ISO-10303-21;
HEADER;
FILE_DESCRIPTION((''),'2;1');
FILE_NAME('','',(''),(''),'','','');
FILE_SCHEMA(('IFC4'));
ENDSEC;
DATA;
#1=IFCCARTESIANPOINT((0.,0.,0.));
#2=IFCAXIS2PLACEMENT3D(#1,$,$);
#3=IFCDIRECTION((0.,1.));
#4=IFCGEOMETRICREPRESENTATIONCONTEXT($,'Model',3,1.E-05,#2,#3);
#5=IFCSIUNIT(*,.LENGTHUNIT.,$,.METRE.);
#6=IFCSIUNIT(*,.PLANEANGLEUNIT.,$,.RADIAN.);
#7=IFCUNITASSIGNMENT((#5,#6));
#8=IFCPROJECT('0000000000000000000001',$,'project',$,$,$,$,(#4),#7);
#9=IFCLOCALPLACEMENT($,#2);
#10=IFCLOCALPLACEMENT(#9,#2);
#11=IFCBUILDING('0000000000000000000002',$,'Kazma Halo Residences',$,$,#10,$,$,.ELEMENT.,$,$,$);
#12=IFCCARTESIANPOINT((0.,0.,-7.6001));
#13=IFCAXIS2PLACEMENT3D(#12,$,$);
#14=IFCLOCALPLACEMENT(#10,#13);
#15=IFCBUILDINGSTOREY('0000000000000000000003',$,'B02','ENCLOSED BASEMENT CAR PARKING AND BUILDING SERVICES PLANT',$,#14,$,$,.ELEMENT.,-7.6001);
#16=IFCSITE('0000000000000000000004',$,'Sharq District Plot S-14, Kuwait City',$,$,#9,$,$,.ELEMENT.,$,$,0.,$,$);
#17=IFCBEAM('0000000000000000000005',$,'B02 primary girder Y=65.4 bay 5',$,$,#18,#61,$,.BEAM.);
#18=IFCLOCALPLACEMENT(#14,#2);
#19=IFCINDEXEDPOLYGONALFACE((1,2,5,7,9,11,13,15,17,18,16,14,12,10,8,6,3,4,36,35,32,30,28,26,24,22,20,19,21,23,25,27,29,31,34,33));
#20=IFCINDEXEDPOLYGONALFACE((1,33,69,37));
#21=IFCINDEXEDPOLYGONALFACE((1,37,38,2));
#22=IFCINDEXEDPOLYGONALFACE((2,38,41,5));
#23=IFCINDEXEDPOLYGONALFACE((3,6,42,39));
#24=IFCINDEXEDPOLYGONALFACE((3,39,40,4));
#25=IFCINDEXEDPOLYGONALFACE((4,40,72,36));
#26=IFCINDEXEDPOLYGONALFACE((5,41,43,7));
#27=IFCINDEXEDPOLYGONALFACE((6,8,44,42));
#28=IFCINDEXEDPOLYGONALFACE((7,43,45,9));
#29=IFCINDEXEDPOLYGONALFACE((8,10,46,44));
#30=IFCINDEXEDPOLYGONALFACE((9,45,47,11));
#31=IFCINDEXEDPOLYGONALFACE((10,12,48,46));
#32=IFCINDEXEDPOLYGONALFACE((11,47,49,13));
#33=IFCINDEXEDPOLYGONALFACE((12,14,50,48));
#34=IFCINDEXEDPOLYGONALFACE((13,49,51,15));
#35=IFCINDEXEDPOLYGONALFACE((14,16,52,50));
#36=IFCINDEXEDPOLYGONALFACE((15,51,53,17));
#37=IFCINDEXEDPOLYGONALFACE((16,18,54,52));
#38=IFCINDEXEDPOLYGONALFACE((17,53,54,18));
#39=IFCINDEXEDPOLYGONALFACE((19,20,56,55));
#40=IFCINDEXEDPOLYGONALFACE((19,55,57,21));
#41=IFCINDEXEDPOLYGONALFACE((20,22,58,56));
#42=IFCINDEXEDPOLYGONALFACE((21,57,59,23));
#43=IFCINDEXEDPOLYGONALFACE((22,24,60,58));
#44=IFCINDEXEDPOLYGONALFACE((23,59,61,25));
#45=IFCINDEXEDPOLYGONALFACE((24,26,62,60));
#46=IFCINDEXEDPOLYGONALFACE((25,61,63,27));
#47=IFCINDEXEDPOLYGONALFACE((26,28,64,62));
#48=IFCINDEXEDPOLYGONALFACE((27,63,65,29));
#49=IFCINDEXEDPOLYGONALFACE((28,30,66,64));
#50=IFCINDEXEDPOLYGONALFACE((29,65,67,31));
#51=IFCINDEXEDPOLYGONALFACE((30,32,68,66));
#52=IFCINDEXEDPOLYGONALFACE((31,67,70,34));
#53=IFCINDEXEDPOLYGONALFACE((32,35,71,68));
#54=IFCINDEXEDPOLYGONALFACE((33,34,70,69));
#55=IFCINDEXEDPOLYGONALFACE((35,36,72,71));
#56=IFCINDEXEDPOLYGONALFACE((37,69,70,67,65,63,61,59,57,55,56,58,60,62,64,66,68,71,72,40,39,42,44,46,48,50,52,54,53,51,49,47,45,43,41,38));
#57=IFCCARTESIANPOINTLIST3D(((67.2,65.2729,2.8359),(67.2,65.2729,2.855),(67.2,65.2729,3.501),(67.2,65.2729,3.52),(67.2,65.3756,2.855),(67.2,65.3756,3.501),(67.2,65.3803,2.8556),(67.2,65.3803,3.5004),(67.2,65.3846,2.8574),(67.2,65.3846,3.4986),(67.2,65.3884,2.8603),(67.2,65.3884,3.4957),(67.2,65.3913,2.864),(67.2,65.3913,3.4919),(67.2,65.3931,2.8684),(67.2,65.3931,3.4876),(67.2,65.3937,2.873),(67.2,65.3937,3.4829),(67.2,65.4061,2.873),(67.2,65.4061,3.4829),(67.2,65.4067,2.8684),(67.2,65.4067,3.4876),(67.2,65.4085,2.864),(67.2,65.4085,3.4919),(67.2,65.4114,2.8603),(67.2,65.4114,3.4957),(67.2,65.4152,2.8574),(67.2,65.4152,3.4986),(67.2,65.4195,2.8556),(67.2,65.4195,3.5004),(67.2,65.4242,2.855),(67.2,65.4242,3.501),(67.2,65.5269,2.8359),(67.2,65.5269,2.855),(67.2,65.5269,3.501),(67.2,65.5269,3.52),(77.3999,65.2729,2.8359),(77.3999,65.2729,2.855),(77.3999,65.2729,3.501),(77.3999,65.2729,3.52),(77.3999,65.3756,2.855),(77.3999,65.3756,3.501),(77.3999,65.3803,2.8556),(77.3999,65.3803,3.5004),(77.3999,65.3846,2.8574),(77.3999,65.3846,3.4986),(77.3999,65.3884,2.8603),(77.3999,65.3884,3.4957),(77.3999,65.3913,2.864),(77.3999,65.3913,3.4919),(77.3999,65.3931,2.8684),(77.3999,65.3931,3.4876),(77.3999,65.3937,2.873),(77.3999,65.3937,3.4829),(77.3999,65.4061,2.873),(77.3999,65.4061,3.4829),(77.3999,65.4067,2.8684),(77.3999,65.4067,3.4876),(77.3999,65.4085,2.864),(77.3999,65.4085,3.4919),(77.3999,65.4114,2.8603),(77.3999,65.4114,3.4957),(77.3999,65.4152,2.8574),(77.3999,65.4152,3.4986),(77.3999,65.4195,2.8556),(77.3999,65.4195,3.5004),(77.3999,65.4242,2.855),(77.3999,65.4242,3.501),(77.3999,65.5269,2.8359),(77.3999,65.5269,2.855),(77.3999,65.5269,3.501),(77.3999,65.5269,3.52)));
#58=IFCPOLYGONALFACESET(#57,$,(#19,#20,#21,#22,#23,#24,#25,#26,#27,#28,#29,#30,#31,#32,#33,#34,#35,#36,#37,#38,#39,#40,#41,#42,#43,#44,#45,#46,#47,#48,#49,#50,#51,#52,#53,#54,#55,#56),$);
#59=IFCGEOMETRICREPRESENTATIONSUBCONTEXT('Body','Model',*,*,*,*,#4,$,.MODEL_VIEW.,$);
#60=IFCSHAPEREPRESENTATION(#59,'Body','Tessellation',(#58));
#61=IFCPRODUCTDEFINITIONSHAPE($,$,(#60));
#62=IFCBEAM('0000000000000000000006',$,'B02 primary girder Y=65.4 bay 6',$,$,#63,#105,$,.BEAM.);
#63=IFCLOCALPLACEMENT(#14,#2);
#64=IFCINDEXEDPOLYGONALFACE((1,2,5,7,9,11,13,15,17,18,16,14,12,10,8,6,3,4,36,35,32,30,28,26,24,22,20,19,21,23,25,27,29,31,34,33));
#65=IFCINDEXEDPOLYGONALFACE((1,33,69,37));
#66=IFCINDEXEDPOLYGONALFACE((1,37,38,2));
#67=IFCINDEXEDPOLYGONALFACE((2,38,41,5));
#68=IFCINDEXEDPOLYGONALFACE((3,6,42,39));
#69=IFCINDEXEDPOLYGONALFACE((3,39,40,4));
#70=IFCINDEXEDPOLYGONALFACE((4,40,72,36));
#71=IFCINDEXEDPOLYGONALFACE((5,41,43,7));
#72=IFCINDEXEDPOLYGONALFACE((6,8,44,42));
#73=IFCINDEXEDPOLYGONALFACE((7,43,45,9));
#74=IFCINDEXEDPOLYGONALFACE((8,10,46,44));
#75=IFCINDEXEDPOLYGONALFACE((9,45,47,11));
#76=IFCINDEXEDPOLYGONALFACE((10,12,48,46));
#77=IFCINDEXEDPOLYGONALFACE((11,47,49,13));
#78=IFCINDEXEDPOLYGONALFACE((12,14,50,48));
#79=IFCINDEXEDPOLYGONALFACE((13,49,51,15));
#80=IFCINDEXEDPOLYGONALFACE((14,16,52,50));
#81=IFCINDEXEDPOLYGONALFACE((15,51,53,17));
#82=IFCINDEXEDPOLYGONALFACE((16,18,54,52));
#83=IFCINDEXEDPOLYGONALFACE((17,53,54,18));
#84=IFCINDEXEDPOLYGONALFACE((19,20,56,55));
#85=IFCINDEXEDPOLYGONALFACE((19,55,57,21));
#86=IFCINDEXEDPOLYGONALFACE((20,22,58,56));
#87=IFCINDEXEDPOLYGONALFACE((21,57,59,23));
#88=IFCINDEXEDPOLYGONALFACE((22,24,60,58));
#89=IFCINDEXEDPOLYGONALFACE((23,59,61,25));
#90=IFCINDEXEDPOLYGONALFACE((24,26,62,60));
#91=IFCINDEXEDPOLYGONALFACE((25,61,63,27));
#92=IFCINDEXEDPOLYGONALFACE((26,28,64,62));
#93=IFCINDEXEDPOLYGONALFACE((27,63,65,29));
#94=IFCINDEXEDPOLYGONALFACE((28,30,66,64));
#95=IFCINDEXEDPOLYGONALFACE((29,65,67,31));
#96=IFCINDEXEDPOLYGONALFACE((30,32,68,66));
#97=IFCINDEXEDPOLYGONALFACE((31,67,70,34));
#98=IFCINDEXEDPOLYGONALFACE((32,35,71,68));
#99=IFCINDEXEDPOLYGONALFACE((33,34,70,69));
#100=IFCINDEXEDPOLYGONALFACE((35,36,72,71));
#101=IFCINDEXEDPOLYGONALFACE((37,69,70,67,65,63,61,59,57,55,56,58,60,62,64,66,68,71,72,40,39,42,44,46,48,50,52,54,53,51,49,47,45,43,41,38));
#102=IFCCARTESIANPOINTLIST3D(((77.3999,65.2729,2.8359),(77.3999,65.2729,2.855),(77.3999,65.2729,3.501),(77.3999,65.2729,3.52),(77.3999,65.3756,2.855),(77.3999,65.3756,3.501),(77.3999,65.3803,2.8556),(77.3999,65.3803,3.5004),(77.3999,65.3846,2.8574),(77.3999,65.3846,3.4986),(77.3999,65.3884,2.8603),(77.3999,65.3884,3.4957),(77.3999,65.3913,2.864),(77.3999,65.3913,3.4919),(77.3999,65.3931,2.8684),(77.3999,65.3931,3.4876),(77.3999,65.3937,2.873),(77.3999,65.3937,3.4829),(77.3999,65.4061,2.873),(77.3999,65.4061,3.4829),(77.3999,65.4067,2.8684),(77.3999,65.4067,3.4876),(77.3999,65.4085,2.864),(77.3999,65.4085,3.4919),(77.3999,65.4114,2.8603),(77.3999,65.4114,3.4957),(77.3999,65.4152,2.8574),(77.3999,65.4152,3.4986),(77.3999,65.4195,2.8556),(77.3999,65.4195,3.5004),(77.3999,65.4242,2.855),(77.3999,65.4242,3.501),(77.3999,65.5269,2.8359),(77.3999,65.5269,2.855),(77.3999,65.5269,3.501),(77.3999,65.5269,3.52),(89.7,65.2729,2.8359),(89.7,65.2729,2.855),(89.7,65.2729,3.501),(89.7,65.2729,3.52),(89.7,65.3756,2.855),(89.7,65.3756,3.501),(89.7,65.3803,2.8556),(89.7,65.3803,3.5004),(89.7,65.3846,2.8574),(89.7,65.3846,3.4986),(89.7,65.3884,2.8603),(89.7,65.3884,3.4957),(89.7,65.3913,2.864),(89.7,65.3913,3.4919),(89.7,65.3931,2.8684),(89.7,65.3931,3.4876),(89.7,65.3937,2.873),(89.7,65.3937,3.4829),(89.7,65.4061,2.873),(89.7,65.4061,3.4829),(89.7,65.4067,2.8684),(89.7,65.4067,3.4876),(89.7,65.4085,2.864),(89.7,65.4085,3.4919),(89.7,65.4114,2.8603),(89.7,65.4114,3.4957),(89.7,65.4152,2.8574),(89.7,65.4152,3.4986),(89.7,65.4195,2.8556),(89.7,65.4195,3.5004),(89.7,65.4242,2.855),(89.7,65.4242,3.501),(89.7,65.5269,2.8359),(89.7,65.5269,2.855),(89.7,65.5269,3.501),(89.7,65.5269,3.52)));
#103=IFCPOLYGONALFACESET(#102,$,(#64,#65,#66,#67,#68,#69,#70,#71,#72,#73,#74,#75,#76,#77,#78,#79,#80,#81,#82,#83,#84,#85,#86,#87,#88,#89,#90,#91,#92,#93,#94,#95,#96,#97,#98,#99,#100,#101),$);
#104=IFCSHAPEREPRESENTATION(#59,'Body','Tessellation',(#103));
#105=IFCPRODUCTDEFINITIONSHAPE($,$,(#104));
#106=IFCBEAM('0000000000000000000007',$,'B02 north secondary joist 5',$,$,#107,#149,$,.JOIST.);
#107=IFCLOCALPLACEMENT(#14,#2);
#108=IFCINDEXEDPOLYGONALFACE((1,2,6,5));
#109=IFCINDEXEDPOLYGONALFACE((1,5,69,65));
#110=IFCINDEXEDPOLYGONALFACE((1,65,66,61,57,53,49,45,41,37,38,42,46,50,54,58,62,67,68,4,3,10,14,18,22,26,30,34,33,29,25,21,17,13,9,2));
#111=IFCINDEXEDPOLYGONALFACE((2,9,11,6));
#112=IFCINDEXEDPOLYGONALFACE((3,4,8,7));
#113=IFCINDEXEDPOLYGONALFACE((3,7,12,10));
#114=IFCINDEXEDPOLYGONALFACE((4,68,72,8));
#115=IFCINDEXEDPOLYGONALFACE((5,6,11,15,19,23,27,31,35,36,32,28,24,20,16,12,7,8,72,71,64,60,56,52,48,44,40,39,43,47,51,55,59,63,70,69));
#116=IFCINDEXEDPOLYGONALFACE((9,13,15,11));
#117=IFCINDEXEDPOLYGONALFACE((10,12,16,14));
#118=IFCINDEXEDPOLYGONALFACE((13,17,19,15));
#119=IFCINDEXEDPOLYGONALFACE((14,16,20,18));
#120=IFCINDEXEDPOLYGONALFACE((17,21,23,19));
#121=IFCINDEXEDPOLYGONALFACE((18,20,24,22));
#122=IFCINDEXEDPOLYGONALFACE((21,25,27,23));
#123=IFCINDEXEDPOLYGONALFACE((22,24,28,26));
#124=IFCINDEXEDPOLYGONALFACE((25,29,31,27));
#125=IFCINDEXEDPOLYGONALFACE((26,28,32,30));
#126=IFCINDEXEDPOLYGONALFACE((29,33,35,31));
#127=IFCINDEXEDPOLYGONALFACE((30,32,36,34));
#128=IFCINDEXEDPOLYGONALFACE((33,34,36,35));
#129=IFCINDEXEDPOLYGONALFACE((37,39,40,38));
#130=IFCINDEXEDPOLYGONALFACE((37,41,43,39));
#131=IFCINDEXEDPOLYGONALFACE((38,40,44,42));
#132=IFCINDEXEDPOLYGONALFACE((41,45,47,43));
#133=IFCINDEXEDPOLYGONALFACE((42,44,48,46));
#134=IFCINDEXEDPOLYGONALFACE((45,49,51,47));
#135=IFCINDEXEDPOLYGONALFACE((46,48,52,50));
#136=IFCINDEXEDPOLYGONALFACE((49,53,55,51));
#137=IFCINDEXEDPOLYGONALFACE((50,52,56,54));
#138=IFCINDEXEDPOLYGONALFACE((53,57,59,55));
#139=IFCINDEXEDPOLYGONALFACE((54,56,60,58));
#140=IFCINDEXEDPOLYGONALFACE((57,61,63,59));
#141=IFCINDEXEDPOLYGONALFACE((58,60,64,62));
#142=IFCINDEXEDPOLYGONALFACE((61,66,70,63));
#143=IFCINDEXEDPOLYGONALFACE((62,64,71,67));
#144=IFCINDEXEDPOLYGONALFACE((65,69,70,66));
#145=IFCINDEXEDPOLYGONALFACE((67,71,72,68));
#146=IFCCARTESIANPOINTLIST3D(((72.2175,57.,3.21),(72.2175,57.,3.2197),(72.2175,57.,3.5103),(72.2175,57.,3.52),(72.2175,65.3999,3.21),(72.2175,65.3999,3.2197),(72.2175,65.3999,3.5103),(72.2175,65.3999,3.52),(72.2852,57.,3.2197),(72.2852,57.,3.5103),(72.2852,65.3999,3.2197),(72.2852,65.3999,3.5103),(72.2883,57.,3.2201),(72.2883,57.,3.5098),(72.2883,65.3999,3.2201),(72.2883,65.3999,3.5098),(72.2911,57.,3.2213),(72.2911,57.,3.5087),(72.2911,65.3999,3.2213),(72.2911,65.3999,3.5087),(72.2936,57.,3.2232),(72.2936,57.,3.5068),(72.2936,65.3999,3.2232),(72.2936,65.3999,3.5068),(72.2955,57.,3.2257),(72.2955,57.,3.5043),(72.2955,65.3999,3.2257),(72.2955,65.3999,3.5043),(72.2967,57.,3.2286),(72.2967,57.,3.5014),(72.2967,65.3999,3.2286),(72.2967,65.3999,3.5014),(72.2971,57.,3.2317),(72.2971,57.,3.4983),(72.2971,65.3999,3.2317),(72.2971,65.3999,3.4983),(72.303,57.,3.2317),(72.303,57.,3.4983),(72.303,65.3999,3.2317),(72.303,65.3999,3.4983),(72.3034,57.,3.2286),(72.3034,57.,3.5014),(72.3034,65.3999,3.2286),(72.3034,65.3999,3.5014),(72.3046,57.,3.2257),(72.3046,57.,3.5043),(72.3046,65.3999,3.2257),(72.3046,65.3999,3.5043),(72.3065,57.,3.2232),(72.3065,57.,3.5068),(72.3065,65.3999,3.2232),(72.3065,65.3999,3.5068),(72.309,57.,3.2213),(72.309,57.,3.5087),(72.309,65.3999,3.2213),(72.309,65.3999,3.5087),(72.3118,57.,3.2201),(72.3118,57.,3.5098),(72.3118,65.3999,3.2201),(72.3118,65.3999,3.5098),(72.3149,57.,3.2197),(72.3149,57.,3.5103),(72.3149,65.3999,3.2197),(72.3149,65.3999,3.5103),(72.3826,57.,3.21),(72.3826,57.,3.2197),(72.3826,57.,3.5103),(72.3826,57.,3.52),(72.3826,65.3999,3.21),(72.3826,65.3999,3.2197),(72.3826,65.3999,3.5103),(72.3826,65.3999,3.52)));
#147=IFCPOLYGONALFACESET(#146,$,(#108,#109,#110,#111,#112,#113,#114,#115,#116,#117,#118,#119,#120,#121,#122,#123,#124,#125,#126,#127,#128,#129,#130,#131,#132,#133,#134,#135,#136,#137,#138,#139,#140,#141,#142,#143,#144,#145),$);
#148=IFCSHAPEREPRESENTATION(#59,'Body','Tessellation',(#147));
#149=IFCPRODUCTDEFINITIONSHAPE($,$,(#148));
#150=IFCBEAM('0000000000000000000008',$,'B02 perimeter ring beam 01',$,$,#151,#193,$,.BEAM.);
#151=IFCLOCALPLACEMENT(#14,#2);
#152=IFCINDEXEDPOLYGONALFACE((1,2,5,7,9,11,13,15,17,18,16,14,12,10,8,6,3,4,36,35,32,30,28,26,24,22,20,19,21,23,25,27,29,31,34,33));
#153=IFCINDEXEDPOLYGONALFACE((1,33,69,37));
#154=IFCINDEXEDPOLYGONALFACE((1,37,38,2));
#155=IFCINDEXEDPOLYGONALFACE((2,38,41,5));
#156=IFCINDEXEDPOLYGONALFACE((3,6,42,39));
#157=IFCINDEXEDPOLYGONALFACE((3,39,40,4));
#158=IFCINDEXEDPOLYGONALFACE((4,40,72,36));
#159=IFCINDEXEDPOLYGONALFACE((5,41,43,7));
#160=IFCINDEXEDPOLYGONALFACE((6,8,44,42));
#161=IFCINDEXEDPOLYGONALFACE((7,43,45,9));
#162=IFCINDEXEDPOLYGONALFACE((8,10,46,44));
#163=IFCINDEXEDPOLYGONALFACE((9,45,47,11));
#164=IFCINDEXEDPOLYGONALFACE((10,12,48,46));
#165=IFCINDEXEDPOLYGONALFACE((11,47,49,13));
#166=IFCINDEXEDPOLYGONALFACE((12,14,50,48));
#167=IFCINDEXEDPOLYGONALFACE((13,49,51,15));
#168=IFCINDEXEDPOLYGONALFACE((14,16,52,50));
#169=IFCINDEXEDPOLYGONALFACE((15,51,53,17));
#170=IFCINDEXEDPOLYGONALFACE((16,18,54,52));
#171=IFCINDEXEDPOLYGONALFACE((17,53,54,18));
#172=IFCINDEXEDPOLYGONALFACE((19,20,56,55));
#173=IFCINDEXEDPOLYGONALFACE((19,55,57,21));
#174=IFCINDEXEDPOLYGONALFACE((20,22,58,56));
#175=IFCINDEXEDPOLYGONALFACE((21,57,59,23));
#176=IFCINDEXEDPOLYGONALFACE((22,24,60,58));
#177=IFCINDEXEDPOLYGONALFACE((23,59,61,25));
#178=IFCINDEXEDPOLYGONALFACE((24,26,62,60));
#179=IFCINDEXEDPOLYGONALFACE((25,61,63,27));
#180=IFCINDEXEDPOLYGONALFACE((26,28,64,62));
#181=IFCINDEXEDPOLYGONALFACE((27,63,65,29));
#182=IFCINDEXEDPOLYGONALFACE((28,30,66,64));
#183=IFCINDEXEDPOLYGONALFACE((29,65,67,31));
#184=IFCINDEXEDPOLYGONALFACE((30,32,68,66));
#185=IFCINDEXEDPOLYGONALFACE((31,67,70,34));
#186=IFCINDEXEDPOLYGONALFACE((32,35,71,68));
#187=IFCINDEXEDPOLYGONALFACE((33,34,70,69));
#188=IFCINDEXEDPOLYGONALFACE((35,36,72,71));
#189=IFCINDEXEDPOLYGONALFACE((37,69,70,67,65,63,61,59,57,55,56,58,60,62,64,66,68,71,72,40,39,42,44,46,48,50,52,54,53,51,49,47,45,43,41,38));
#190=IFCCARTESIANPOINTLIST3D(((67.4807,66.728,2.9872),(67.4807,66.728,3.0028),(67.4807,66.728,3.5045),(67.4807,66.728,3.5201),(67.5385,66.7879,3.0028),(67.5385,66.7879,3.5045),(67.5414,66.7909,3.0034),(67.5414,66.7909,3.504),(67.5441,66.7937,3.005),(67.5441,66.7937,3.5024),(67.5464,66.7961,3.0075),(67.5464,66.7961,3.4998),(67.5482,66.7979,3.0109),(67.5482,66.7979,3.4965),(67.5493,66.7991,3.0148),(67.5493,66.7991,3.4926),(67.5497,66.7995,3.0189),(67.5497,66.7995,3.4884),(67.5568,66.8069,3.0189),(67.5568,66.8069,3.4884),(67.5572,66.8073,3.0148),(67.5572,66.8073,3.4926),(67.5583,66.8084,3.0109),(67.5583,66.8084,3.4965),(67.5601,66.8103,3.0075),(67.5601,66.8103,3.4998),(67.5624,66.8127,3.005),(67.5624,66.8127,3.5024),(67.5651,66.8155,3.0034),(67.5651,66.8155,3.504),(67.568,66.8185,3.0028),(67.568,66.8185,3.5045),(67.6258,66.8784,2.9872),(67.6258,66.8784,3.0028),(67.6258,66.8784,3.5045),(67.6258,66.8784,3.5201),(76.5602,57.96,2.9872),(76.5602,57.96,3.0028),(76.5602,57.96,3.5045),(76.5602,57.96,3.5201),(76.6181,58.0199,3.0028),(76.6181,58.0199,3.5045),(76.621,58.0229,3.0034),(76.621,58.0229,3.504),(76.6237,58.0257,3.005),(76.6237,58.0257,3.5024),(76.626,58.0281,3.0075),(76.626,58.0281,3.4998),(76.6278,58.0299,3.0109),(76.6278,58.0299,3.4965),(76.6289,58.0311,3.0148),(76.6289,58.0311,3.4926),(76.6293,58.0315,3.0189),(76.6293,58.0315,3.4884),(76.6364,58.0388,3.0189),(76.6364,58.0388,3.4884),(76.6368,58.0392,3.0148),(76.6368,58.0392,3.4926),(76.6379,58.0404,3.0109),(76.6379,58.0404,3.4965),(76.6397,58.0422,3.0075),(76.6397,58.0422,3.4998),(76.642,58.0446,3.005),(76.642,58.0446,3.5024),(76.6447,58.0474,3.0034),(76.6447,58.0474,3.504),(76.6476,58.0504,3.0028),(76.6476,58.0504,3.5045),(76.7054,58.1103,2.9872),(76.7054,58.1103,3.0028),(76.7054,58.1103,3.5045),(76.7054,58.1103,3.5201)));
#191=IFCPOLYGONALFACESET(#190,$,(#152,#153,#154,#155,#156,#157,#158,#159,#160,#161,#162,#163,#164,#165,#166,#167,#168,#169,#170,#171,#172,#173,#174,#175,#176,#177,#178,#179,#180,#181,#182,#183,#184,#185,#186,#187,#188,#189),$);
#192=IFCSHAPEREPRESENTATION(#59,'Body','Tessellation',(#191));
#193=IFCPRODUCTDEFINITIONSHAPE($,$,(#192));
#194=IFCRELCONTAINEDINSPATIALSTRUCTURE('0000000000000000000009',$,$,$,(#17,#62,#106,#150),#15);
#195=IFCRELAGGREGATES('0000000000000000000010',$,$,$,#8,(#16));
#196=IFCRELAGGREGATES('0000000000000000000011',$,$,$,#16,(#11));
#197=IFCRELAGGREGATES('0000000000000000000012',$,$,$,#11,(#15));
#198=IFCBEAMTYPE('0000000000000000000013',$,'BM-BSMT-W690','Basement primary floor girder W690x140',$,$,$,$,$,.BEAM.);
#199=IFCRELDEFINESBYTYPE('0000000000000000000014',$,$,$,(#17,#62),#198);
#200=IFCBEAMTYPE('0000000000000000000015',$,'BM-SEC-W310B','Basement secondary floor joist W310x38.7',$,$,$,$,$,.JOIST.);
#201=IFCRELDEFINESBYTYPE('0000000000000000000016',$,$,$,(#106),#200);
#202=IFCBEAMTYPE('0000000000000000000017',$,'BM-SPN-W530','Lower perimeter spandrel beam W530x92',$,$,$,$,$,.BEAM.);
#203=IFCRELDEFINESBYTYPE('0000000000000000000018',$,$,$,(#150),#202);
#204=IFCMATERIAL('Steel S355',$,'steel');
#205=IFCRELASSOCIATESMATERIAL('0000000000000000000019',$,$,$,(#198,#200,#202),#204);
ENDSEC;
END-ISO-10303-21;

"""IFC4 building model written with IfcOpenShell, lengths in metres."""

from ifc_helpers import new_model, si_unit, direction, frame, origin, origin_2d, place, context, subcontext, project, spatial, i_section, extrude, material, material_profile, profile_set, type_object, element, save


model = new_model("IFC4")

# Units and contexts
model_context = context("Model", 3, precision=1e-05, world=origin(), true_north=direction((0.0, 1.0)))
body_context = subcontext(model_context, "Body", "Model", "MODEL_VIEW")
ifc_project = project(units=[si_unit("LENGTHUNIT", "METRE"), si_unit("PLANEANGLEUNIT", "RADIAN")], contexts=[model_context])

# Site, building, storey
site_placement = place(None, origin())
site = spatial("IfcSite", under=ifc_project, at=site_placement, Name="Sharq District Plot S-14, Kuwait City", CompositionType="ELEMENT", RefElevation=0.0)
building_placement = place(site_placement, origin())
building = spatial("IfcBuilding", under=site, at=building_placement, Name="Kazma Halo Residences", CompositionType="ELEMENT")
storey_placement = place(building_placement, frame((0.0, 0.0, -7.6001)))
storey = spatial("IfcBuildingStorey", under=building, at=storey_placement, Name="B02", Description="ENCLOSED BASEMENT CAR PARKING AND BUILDING SERVICES PLANT", CompositionType="ELEMENT", Elevation=-7.6001)

# Beams
ifc_material_1 = material(Name="Steel S355", Category="steel")
ifc_material_profile_1 = material_profile(ifc_material_1, i_section(OverallWidth=0.2539, OverallDepth=0.6841, WebThickness=0.0125, FlangeThickness=0.019, FilletRadius=0.0181, at=origin_2d()), Name="W690x140")
ifc_profile_set_1 = profile_set([ifc_material_profile_1], Name="Steel S355")
beam_type_1 = type_object("IfcBeamType", Name="BM-BSMT-W690", Description="Basement primary floor girder W690x140", PredefinedType="BEAM", material=ifc_profile_set_1)
beam_1_placement = place(storey_placement, frame((67.2, 65.3999, 3.178), z_axis=(1.0, 0.0, 0.0), x_axis=(0.0, 1.0, 0.0)))
element("IfcBeam", 1, at=beam_1_placement, inside=storey, type_object=beam_type_1, Name="B02 primary girder Y=65.4 bay 5", PredefinedType="BEAM", context=body_context, shape_type="SweptSolid", body=[
    extrude(i_section(OverallWidth=0.2539, OverallDepth=0.6841, WebThickness=0.0125, FlangeThickness=0.019, FilletRadius=0.0181, at=origin_2d()), origin(), (0.0, 0.0, 1.0), 10.2),
])
beam_2_placement = place(storey_placement, frame((77.3999, 65.3999, 3.178), z_axis=(1.0, 0.0, 0.0), x_axis=(0.0, 1.0, 0.0)))
element("IfcBeam", 2, at=beam_2_placement, inside=storey, type_object=beam_type_1, Name="B02 primary girder Y=65.4 bay 6", PredefinedType="BEAM", context=body_context, shape_type="SweptSolid", body=[
    extrude(i_section(OverallWidth=0.2539, OverallDepth=0.6841, WebThickness=0.0125, FlangeThickness=0.019, FilletRadius=0.0181, at=origin_2d()), origin(), (0.0, 0.0, 1.0), 12.3),
])
ifc_material_profile_2 = material_profile(ifc_material_1, i_section(OverallWidth=0.165, OverallDepth=0.3101, WebThickness=0.0059, FlangeThickness=0.0098, FilletRadius=0.012, at=origin_2d()), Name="W310x38.7")
ifc_profile_set_2 = profile_set([ifc_material_profile_2], Name="Steel S355")
beam_type_2 = type_object("IfcBeamType", Name="BM-SEC-W310B", Description="Basement secondary floor joist W310x38.7", PredefinedType="JOIST", material=ifc_profile_set_2)
beam_3_placement = place(storey_placement, frame((72.3, 57.0, 3.365), z_axis=(0.0, 1.0, 0.0), x_axis=(-1.0, 0.0, 0.0)))
element("IfcBeam", 3, at=beam_3_placement, inside=storey, type_object=beam_type_2, Name="B02 north secondary joist 5", PredefinedType="JOIST", context=body_context, shape_type="SweptSolid", body=[
    extrude(i_section(OverallWidth=0.165, OverallDepth=0.3101, WebThickness=0.0059, FlangeThickness=0.0098, FilletRadius=0.012, at=origin_2d()), origin(), (0.0, 0.0, 1.0), 8.3999),
])
ifc_material_profile_3 = material_profile(ifc_material_1, i_section(OverallWidth=0.209, OverallDepth=0.533, WebThickness=0.0103, FlangeThickness=0.0156, FilletRadius=0.0161, at=origin_2d()), Name="W530x92")
ifc_profile_set_3 = profile_set([ifc_material_profile_3], Name="Steel S355")
beam_type_3 = type_object("IfcBeamType", Name="BM-SPN-W530", Description="Lower perimeter spandrel beam W530x92", PredefinedType="BEAM", material=ifc_profile_set_3)
beam_4_placement = place(storey_placement, frame((76.6328, 58.0352, 3.2537), z_axis=(-0.719339, 0.694659, 0.0), x_axis=(-0.694659, -0.719339, 0.0)))
element("IfcBeam", 4, at=beam_4_placement, inside=storey, type_object=beam_type_3, Name="B02 perimeter ring beam 01", PredefinedType="BEAM", context=body_context, shape_type="SweptSolid", body=[
    extrude(i_section(OverallWidth=0.209, OverallDepth=0.533, WebThickness=0.0103, FlangeThickness=0.0156, FilletRadius=0.0161, at=origin_2d()), origin(), (0.0, 0.0, 1.0), 12.6221),
])

save(model, "model.ifc")
